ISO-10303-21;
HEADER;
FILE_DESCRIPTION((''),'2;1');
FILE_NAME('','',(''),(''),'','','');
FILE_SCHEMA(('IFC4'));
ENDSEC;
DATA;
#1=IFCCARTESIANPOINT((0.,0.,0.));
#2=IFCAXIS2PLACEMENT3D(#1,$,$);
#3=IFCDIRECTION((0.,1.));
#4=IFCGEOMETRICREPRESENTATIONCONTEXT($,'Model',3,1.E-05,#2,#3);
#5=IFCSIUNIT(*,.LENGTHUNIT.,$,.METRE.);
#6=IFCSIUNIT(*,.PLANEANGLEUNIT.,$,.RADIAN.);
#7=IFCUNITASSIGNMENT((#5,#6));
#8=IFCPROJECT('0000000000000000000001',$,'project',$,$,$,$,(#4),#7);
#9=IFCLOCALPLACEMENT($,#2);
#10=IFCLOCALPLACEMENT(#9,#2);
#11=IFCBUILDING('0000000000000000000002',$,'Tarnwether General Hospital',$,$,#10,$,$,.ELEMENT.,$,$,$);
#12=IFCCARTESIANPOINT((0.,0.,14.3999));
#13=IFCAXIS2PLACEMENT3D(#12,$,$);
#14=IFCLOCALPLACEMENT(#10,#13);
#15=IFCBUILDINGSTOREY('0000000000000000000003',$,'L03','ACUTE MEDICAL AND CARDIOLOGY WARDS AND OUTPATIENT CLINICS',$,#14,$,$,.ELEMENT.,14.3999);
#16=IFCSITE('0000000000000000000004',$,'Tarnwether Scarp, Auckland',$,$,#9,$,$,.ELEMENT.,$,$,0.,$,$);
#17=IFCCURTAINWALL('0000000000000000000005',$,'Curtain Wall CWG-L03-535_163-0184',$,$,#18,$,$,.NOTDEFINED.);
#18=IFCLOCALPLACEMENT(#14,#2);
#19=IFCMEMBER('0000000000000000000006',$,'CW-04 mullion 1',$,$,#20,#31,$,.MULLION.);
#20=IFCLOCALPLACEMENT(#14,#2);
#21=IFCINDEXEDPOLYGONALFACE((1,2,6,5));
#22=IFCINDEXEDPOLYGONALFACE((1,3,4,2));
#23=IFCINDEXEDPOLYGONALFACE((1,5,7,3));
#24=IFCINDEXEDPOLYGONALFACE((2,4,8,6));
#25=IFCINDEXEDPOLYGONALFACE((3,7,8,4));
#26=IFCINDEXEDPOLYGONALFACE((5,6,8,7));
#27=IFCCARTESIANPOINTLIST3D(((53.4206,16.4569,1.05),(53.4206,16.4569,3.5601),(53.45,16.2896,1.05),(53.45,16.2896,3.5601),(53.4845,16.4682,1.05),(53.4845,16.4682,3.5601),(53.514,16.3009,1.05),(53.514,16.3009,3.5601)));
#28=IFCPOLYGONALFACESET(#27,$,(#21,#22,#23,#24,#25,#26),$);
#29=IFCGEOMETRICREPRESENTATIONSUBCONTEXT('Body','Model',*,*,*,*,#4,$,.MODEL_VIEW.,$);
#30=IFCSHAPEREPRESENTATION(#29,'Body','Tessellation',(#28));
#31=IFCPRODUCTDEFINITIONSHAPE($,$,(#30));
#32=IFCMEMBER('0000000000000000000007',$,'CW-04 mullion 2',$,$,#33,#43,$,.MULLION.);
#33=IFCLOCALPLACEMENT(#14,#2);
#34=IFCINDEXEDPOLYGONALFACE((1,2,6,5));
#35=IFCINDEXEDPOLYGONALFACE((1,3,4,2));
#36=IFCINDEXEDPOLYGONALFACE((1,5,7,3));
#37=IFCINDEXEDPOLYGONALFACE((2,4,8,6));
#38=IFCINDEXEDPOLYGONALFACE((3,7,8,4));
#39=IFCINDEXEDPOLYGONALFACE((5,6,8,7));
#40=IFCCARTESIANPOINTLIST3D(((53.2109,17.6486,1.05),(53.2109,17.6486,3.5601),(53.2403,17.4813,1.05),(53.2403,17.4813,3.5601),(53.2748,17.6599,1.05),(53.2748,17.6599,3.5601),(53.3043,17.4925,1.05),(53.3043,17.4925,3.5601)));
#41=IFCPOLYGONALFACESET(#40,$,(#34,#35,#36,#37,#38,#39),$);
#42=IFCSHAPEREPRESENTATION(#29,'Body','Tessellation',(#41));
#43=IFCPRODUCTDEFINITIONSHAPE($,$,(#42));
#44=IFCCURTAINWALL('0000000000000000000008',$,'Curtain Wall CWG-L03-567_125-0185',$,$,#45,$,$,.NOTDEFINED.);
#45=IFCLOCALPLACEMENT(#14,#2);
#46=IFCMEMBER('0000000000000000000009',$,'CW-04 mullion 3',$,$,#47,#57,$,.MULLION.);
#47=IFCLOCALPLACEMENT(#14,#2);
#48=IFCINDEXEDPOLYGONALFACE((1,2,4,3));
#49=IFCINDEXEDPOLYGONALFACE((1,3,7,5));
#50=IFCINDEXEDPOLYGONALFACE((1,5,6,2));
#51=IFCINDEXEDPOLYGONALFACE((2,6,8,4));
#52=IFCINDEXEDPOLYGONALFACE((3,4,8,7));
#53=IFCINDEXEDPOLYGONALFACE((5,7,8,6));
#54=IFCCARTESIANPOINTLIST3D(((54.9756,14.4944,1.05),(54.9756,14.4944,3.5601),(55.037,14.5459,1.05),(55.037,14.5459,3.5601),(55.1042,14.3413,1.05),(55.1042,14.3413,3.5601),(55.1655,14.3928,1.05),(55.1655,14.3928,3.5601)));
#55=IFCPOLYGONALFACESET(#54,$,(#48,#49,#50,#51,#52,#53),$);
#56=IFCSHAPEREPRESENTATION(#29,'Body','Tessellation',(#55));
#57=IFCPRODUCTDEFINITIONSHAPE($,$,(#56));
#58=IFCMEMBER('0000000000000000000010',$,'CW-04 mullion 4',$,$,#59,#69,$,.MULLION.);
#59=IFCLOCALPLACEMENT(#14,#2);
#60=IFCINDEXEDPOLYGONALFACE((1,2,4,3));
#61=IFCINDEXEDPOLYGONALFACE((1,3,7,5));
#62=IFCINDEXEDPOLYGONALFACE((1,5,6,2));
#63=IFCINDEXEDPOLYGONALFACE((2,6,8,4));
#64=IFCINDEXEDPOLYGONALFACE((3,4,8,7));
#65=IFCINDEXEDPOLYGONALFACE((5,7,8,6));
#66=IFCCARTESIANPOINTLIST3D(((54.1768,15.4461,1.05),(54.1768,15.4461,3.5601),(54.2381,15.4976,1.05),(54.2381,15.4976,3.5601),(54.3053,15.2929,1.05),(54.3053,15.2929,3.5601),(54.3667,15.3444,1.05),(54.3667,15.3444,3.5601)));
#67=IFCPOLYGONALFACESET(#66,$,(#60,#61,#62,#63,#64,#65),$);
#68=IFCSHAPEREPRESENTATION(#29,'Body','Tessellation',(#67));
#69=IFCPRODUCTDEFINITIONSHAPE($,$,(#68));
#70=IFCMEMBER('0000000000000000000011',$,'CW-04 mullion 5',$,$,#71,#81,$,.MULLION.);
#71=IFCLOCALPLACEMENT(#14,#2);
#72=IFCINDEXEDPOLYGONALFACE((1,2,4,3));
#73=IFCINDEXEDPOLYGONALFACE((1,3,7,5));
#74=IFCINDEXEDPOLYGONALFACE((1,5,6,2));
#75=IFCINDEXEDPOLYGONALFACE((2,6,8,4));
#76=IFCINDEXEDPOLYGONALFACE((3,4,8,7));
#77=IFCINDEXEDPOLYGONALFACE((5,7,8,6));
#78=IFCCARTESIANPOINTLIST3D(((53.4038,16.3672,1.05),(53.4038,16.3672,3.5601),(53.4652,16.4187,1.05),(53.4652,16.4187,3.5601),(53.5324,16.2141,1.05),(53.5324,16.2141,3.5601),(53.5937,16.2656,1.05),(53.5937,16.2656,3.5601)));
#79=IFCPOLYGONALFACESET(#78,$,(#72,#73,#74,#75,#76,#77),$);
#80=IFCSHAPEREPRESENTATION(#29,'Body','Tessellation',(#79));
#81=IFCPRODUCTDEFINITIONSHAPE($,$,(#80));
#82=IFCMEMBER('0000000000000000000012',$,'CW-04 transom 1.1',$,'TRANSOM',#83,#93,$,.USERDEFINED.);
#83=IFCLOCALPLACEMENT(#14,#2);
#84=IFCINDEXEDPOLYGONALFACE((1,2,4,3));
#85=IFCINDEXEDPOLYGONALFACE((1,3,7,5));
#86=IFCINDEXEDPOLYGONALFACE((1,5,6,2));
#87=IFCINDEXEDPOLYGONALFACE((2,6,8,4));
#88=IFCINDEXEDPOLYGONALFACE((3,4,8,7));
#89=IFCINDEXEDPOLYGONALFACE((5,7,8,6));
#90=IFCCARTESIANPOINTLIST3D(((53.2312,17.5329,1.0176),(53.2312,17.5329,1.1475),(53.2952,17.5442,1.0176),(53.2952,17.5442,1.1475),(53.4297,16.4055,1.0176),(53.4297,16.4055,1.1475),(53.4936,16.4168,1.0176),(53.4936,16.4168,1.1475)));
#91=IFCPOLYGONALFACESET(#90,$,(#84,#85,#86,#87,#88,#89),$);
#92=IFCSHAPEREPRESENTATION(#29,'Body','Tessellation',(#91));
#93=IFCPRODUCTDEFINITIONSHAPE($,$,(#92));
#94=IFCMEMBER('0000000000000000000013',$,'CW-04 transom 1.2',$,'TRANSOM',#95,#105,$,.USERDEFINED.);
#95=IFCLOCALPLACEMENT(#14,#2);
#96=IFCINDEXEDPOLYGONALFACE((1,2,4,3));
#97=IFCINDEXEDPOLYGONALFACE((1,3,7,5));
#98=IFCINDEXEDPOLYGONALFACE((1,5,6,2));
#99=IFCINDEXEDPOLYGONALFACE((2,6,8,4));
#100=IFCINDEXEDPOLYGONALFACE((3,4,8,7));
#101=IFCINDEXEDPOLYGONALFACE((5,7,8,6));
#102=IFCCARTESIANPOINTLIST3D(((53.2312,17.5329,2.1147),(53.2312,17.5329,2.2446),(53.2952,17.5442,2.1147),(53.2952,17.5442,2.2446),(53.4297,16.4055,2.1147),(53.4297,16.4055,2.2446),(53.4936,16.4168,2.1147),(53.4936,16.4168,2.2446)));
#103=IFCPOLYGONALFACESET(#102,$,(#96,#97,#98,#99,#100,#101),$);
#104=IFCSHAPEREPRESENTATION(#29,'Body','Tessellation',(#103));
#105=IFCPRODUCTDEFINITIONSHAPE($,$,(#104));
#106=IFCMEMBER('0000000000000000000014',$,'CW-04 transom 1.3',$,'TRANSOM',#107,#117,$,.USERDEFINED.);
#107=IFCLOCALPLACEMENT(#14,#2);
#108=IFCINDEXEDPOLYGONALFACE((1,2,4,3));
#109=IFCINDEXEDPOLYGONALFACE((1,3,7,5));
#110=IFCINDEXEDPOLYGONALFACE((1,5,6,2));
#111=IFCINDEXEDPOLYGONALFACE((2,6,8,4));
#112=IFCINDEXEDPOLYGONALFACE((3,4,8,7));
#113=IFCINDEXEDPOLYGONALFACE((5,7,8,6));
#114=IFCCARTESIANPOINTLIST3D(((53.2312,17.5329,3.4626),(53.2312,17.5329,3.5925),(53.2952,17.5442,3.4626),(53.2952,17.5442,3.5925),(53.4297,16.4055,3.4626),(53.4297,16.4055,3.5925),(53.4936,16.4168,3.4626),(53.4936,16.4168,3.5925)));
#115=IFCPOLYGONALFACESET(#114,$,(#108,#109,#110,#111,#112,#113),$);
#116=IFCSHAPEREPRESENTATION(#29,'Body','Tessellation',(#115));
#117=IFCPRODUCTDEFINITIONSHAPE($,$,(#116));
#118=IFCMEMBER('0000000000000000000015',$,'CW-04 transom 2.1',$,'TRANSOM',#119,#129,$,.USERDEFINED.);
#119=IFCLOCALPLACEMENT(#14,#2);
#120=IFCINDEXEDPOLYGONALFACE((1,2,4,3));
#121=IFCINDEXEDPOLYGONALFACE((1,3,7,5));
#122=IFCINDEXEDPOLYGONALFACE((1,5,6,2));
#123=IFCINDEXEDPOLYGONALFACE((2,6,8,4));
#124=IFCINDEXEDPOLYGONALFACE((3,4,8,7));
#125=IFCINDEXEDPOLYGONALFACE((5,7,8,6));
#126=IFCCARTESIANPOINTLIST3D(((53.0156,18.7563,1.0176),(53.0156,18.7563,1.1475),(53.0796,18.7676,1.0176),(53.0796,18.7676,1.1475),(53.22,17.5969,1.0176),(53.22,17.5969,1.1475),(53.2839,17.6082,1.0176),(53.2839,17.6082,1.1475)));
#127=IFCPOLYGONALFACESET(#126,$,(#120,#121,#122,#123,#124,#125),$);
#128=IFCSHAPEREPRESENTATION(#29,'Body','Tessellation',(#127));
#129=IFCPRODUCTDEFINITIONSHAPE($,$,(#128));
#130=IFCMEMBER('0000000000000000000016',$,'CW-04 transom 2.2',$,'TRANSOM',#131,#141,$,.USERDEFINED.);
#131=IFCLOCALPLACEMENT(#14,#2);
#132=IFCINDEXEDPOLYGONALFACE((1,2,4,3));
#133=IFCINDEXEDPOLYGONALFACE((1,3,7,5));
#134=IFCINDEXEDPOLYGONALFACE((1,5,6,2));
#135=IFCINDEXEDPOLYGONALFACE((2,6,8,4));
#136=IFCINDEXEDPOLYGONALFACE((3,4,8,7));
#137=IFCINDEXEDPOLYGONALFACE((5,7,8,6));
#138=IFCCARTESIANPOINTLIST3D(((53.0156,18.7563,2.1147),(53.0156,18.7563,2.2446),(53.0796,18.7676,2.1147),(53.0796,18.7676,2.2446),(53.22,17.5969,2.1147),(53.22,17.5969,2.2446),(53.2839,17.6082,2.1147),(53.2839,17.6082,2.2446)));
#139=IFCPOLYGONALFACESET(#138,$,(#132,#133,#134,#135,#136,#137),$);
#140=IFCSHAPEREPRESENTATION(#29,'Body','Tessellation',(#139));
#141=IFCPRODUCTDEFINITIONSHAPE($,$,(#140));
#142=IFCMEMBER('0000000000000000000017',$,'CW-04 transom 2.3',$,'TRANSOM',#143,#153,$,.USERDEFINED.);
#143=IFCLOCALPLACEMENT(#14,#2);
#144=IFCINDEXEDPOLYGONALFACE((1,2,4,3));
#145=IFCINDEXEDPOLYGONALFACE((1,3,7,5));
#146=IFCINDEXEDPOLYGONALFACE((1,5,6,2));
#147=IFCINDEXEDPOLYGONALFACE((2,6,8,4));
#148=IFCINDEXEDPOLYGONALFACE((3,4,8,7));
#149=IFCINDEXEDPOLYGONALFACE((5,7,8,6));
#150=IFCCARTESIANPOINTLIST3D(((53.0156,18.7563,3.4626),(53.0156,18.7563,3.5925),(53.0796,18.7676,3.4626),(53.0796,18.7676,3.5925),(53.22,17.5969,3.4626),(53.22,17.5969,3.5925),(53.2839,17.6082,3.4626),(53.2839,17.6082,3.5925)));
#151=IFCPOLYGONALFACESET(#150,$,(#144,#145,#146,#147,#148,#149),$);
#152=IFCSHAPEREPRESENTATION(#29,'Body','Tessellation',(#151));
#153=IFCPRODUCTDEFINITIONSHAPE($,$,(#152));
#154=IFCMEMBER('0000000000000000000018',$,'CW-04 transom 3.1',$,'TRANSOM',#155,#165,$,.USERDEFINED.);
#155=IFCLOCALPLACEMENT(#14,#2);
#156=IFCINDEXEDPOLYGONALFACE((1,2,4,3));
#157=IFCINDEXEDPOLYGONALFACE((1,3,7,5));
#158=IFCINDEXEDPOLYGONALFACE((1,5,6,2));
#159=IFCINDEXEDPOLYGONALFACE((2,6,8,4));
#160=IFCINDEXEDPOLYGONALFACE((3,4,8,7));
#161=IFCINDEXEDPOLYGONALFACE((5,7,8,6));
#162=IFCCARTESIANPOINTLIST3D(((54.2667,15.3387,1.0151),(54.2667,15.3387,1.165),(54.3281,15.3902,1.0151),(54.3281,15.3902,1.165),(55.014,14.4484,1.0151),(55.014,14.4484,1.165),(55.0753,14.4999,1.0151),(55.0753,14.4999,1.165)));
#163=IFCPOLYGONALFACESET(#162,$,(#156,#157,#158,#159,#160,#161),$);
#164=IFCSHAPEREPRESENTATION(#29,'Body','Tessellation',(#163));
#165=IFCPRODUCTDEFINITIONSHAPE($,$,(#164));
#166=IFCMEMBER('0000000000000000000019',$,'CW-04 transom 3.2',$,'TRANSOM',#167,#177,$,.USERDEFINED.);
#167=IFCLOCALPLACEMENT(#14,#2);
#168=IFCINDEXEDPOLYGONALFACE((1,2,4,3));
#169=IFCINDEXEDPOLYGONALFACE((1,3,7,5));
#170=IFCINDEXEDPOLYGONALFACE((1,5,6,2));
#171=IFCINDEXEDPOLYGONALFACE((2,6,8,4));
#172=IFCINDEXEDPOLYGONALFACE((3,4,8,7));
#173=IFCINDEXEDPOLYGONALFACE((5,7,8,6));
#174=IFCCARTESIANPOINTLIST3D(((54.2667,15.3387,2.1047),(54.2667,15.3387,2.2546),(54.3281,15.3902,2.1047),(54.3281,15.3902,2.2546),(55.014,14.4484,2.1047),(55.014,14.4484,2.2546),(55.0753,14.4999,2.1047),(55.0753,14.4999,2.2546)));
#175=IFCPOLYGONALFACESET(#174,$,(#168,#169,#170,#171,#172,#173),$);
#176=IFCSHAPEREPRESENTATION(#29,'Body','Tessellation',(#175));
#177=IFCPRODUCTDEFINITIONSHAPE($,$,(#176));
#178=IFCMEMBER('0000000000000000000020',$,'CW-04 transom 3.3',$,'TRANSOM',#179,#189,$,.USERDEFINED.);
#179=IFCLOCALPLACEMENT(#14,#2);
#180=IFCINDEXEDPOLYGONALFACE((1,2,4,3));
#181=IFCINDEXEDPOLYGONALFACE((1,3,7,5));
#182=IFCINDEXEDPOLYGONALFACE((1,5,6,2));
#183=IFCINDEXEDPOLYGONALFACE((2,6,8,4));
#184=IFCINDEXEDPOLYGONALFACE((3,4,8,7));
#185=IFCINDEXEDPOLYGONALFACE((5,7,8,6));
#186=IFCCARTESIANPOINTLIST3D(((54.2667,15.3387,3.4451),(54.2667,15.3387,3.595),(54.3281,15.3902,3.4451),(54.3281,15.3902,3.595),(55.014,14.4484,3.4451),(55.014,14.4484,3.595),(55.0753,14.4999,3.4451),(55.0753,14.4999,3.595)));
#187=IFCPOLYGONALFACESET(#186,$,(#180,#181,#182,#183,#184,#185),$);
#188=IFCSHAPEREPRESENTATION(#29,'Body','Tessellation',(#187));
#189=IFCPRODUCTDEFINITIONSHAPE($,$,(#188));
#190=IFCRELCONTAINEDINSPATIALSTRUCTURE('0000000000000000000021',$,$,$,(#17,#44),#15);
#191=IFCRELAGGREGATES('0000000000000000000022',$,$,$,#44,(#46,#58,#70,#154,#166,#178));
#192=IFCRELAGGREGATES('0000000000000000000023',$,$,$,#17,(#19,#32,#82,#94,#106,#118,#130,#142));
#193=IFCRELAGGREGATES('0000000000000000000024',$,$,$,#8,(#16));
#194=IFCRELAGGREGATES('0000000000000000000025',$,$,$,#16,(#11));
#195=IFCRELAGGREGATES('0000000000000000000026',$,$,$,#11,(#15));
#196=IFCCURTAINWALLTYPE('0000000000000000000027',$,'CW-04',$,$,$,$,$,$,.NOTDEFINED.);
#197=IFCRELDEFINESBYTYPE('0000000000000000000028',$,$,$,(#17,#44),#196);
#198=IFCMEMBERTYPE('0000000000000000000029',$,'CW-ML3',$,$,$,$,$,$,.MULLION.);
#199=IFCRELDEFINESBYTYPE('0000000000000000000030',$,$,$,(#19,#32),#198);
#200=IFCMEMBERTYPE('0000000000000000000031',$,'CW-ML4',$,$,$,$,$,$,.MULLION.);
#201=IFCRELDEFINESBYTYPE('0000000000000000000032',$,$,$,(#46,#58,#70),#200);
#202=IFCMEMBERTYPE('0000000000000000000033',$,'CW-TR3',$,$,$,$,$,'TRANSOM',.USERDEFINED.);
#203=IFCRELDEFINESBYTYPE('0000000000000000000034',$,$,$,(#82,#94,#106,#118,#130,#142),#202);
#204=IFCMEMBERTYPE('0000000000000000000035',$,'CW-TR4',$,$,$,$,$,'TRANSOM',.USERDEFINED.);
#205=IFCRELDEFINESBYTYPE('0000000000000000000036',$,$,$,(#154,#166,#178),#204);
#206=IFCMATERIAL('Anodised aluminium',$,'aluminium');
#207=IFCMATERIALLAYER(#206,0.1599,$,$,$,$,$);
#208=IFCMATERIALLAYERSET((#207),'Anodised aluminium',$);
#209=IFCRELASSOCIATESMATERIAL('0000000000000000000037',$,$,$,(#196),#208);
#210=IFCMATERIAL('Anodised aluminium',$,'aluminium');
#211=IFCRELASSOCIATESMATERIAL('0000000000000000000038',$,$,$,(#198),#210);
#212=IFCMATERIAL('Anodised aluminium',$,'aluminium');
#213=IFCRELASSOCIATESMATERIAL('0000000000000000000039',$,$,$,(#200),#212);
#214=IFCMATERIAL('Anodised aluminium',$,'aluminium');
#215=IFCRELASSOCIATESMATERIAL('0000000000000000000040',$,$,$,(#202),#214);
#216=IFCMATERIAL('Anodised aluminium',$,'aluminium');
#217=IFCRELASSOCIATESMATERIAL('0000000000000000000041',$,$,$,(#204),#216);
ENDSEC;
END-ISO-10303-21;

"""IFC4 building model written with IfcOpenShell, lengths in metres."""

from ifc_helpers import new_model, si_unit, direction, frame, origin, origin_2d, place, context, subcontext, project, spatial, rectangle, extrude, material, layer, layer_set, material_profile, profile_set, type_object, element, aggregate, save


model = new_model("IFC4")

# Units and contexts
model_context = context("Model", 3, precision=1e-05, world=origin(), true_north=direction((0.0, 1.0)))
body_context = subcontext(model_context, "Body", "Model", "MODEL_VIEW")
ifc_project = project(units=[si_unit("LENGTHUNIT", "METRE"), si_unit("PLANEANGLEUNIT", "RADIAN")], contexts=[model_context])

# Site, building, storey
site_placement = place(None, origin())
site = spatial("IfcSite", under=ifc_project, at=site_placement, Name="Tarnwether Scarp, Auckland", CompositionType="ELEMENT", RefElevation=0.0)
building_placement = place(site_placement, origin())
building = spatial("IfcBuilding", under=site, at=building_placement, Name="Tarnwether General Hospital", CompositionType="ELEMENT")
storey_placement = place(building_placement, frame((0.0, 0.0, 14.3999)))
storey = spatial("IfcBuildingStorey", under=building, at=storey_placement, Name="L03", Description="ACUTE MEDICAL AND CARDIOLOGY WARDS AND OUTPATIENT CLINICS", CompositionType="ELEMENT", Elevation=14.3999)

# Curtain walls, members
ifc_material_1 = material(Name="Anodised aluminium", Category="aluminium")
ifc_layer_1 = layer(ifc_material_1, 0.1599)
ifc_layer_set_1 = layer_set([ifc_layer_1], Name="Anodised aluminium")
curtain_wall_type = type_object("IfcCurtainWallType", Name="CW-04", PredefinedType="NOTDEFINED", material=ifc_layer_set_1)
curtain_wall_1_placement = place(storey_placement, origin())
curtain_wall_1 = element("IfcCurtainWall", 1, at=curtain_wall_1_placement, inside=storey, type_object=curtain_wall_type, Name="Curtain Wall CWG-L03-535_163-0184", PredefinedType="NOTDEFINED")
ifc_material_2 = material(Name="Anodised aluminium", Category="aluminium")
ifc_material_profile_1 = material_profile(ifc_material_2, rectangle(XDim=0.0649, YDim=0.1699, at=origin_2d()), Name="ALU-MUL-65x170")
ifc_profile_set_1 = profile_set([ifc_material_profile_1], Name="Anodised aluminium")
member_type_1 = type_object("IfcMemberType", Name="CW-ML3", PredefinedType="MULLION", material=ifc_profile_set_1)
member_1_placement = place(storey_placement, frame((53.4673, 16.3789, 1.05), z_axis=(0.0, 0.0, 1.0), x_axis=(-0.98484, -0.173464, 0.0)))
member_1 = element("IfcMember", 2, at=member_1_placement, type_object=member_type_1, Name="CW-04 mullion 1", PredefinedType="MULLION", context=body_context, shape_type="SweptSolid", body=[
    extrude(rectangle(XDim=0.0649, YDim=0.1699, at=origin_2d()), origin(), (0.0, 0.0, 1.0), 2.51),
])
member_2_placement = place(storey_placement, frame((53.2576, 17.5706, 1.05), z_axis=(0.0, 0.0, 1.0), x_axis=(-0.98484, -0.173464, 0.0)))
member_2 = element("IfcMember", 3, at=member_2_placement, type_object=member_type_1, Name="CW-04 mullion 2", PredefinedType="MULLION", context=body_context, shape_type="SweptSolid", body=[
    extrude(rectangle(XDim=0.0649, YDim=0.1699, at=origin_2d()), origin(), (0.0, 0.0, 1.0), 2.51),
])
curtain_wall_2_placement = place(storey_placement, origin())
curtain_wall_2 = element("IfcCurtainWall", 4, at=curtain_wall_2_placement, inside=storey, type_object=curtain_wall_type, Name="Curtain Wall CWG-L03-567_125-0185", PredefinedType="NOTDEFINED")
ifc_material_3 = material(Name="Anodised aluminium", Category="aluminium")
ifc_material_profile_2 = material_profile(ifc_material_3, rectangle(XDim=0.0801, YDim=0.2, at=origin_2d()), Name="ALU-MUL-80x200")
ifc_profile_set_2 = profile_set([ifc_material_profile_2], Name="Anodised aluminium")
member_type_2 = type_object("IfcMemberType", Name="CW-ML4", PredefinedType="MULLION", material=ifc_profile_set_2)
member_3_placement = place(storey_placement, frame((55.0706, 14.4436, 1.05), z_axis=(0.0, 0.0, 1.0), x_axis=(-0.76599, -0.642852, 0.0)))
member_3 = element("IfcMember", 5, at=member_3_placement, type_object=member_type_2, Name="CW-04 mullion 3", PredefinedType="MULLION", context=body_context, shape_type="SweptSolid", body=[
    extrude(rectangle(XDim=0.0801, YDim=0.2, at=origin_2d()), origin(), (0.0, 0.0, 1.0), 2.51),
])
member_4_placement = place(storey_placement, frame((54.2717, 15.3953, 1.05), z_axis=(0.0, 0.0, 1.0), x_axis=(-0.76599, -0.642852, 0.0)))
member_4 = element("IfcMember", 6, at=member_4_placement, type_object=member_type_2, Name="CW-04 mullion 4", PredefinedType="MULLION", context=body_context, shape_type="SweptSolid", body=[
    extrude(rectangle(XDim=0.0801, YDim=0.2, at=origin_2d()), origin(), (0.0, 0.0, 1.0), 2.51),
])
member_5_placement = place(storey_placement, frame((53.4988, 16.3164, 1.05), z_axis=(0.0, 0.0, 1.0), x_axis=(-0.76599, -0.642852, 0.0)))
member_5 = element("IfcMember", 7, at=member_5_placement, type_object=member_type_2, Name="CW-04 mullion 5", PredefinedType="MULLION", context=body_context, shape_type="SweptSolid", body=[
    extrude(rectangle(XDim=0.0801, YDim=0.2, at=origin_2d()), origin(), (0.0, 0.0, 1.0), 2.51),
])

# Members
ifc_material_4 = material(Name="Anodised aluminium", Category="aluminium")
ifc_material_profile_3 = material_profile(ifc_material_4, rectangle(XDim=0.0649, YDim=0.1299, at=origin_2d()), Name="ALU-TRN-65x130")
ifc_profile_set_3 = profile_set([ifc_material_profile_3], Name="Anodised aluminium")
member_type_3 = type_object("IfcMemberType", Name="CW-TR3", ElementType="TRANSOM", PredefinedType="USERDEFINED", material=ifc_profile_set_3)
member_6_placement = place(storey_placement, frame((53.4617, 16.4111, 1.0825), z_axis=(-0.173384, 0.984854, 0.0), x_axis=(-0.984854, -0.173384, 0.0)))
member_6 = element("IfcMember", 8, at=member_6_placement, type_object=member_type_3, Name="CW-04 transom 1.1", ObjectType="TRANSOM", PredefinedType="USERDEFINED", context=body_context, shape_type="SweptSolid", body=[
    extrude(rectangle(XDim=0.0649, YDim=0.1299, at=origin_2d()), origin(), (0.0, 0.0, 1.0), 1.1448),
])
member_7_placement = place(storey_placement, frame((53.4617, 16.4111, 2.1797), z_axis=(-0.173384, 0.984854, 0.0), x_axis=(-0.984854, -0.173384, 0.0)))
member_7 = element("IfcMember", 9, at=member_7_placement, type_object=member_type_3, Name="CW-04 transom 1.2", ObjectType="TRANSOM", PredefinedType="USERDEFINED", context=body_context, shape_type="SweptSolid", body=[
    extrude(rectangle(XDim=0.0649, YDim=0.1299, at=origin_2d()), origin(), (0.0, 0.0, 1.0), 1.1448),
])
member_8_placement = place(storey_placement, frame((53.4617, 16.4111, 3.5276), z_axis=(-0.173384, 0.984854, 0.0), x_axis=(-0.984854, -0.173384, 0.0)))
member_8 = element("IfcMember", 10, at=member_8_placement, type_object=member_type_3, Name="CW-04 transom 1.3", ObjectType="TRANSOM", PredefinedType="USERDEFINED", context=body_context, shape_type="SweptSolid", body=[
    extrude(rectangle(XDim=0.0649, YDim=0.1299, at=origin_2d()), origin(), (0.0, 0.0, 1.0), 1.1448),
])
member_9_placement = place(storey_placement, frame((53.252, 17.6025, 1.0825), z_axis=(-0.173572, 0.984821, 0.0), x_axis=(-0.984821, -0.173572, 0.0)))
member_9 = element("IfcMember", 11, at=member_9_placement, type_object=member_type_3, Name="CW-04 transom 2.1", ObjectType="TRANSOM", PredefinedType="USERDEFINED", context=body_context, shape_type="SweptSolid", body=[
    extrude(rectangle(XDim=0.0649, YDim=0.1299, at=origin_2d()), origin(), (0.0, 0.0, 1.0), 1.1772),
])
member_10_placement = place(storey_placement, frame((53.252, 17.6025, 2.1797), z_axis=(-0.173572, 0.984821, 0.0), x_axis=(-0.984821, -0.173572, 0.0)))
member_10 = element("IfcMember", 12, at=member_10_placement, type_object=member_type_3, Name="CW-04 transom 2.2", ObjectType="TRANSOM", PredefinedType="USERDEFINED", context=body_context, shape_type="SweptSolid", body=[
    extrude(rectangle(XDim=0.0649, YDim=0.1299, at=origin_2d()), origin(), (0.0, 0.0, 1.0), 1.1772),
])
member_11_placement = place(storey_placement, frame((53.252, 17.6025, 3.5276), z_axis=(-0.173572, 0.984821, 0.0), x_axis=(-0.984821, -0.173572, 0.0)))
member_11 = element("IfcMember", 13, at=member_11_placement, type_object=member_type_3, Name="CW-04 transom 2.3", ObjectType="TRANSOM", PredefinedType="USERDEFINED", context=body_context, shape_type="SweptSolid", body=[
    extrude(rectangle(XDim=0.0649, YDim=0.1299, at=origin_2d()), origin(), (0.0, 0.0, 1.0), 1.1772),
])
ifc_material_5 = material(Name="Anodised aluminium", Category="aluminium")
ifc_material_profile_4 = material_profile(ifc_material_5, rectangle(XDim=0.0801, YDim=0.1499, at=origin_2d()), Name="ALU-TRN-80x150")
ifc_profile_set_4 = profile_set([ifc_material_profile_4], Name="Anodised aluminium")
member_type_4 = type_object("IfcMemberType", Name="CW-TR4", ElementType="TRANSOM", PredefinedType="USERDEFINED", material=ifc_profile_set_4)
member_12_placement = place(storey_placement, frame((55.0447, 14.4741, 1.0901), z_axis=(-0.642887, 0.765961, 0.0), x_axis=(-0.765961, -0.642887, 0.0)))
member_12 = element("IfcMember", 14, at=member_12_placement, type_object=member_type_4, Name="CW-04 transom 3.1", ObjectType="TRANSOM", PredefinedType="USERDEFINED", context=body_context, shape_type="SweptSolid", body=[
    extrude(rectangle(XDim=0.0801, YDim=0.1499, at=origin_2d()), origin(), (0.0, 0.0, 1.0), 1.1624),
])
member_13_placement = place(storey_placement, frame((55.0447, 14.4741, 2.1797), z_axis=(-0.642887, 0.765961, 0.0), x_axis=(-0.765961, -0.642887, 0.0)))
member_13 = element("IfcMember", 15, at=member_13_placement, type_object=member_type_4, Name="CW-04 transom 3.2", ObjectType="TRANSOM", PredefinedType="USERDEFINED", context=body_context, shape_type="SweptSolid", body=[
    extrude(rectangle(XDim=0.0801, YDim=0.1499, at=origin_2d()), origin(), (0.0, 0.0, 1.0), 1.1624),
])
member_14_placement = place(storey_placement, frame((55.0447, 14.4741, 3.52), z_axis=(-0.642887, 0.765961, 0.0), x_axis=(-0.765961, -0.642887, 0.0)))
member_14 = element("IfcMember", 16, at=member_14_placement, type_object=member_type_4, Name="CW-04 transom 3.3", ObjectType="TRANSOM", PredefinedType="USERDEFINED", context=body_context, shape_type="SweptSolid", body=[
    extrude(rectangle(XDim=0.0801, YDim=0.1499, at=origin_2d()), origin(), (0.0, 0.0, 1.0), 1.1624),
])

aggregate(curtain_wall_2, [member_3, member_4, member_5, member_12, member_13, member_14])
aggregate(curtain_wall_1, [member_1, member_2, member_6, member_7, member_8, member_9, member_10, member_11])

save(model, "model.ifc")
